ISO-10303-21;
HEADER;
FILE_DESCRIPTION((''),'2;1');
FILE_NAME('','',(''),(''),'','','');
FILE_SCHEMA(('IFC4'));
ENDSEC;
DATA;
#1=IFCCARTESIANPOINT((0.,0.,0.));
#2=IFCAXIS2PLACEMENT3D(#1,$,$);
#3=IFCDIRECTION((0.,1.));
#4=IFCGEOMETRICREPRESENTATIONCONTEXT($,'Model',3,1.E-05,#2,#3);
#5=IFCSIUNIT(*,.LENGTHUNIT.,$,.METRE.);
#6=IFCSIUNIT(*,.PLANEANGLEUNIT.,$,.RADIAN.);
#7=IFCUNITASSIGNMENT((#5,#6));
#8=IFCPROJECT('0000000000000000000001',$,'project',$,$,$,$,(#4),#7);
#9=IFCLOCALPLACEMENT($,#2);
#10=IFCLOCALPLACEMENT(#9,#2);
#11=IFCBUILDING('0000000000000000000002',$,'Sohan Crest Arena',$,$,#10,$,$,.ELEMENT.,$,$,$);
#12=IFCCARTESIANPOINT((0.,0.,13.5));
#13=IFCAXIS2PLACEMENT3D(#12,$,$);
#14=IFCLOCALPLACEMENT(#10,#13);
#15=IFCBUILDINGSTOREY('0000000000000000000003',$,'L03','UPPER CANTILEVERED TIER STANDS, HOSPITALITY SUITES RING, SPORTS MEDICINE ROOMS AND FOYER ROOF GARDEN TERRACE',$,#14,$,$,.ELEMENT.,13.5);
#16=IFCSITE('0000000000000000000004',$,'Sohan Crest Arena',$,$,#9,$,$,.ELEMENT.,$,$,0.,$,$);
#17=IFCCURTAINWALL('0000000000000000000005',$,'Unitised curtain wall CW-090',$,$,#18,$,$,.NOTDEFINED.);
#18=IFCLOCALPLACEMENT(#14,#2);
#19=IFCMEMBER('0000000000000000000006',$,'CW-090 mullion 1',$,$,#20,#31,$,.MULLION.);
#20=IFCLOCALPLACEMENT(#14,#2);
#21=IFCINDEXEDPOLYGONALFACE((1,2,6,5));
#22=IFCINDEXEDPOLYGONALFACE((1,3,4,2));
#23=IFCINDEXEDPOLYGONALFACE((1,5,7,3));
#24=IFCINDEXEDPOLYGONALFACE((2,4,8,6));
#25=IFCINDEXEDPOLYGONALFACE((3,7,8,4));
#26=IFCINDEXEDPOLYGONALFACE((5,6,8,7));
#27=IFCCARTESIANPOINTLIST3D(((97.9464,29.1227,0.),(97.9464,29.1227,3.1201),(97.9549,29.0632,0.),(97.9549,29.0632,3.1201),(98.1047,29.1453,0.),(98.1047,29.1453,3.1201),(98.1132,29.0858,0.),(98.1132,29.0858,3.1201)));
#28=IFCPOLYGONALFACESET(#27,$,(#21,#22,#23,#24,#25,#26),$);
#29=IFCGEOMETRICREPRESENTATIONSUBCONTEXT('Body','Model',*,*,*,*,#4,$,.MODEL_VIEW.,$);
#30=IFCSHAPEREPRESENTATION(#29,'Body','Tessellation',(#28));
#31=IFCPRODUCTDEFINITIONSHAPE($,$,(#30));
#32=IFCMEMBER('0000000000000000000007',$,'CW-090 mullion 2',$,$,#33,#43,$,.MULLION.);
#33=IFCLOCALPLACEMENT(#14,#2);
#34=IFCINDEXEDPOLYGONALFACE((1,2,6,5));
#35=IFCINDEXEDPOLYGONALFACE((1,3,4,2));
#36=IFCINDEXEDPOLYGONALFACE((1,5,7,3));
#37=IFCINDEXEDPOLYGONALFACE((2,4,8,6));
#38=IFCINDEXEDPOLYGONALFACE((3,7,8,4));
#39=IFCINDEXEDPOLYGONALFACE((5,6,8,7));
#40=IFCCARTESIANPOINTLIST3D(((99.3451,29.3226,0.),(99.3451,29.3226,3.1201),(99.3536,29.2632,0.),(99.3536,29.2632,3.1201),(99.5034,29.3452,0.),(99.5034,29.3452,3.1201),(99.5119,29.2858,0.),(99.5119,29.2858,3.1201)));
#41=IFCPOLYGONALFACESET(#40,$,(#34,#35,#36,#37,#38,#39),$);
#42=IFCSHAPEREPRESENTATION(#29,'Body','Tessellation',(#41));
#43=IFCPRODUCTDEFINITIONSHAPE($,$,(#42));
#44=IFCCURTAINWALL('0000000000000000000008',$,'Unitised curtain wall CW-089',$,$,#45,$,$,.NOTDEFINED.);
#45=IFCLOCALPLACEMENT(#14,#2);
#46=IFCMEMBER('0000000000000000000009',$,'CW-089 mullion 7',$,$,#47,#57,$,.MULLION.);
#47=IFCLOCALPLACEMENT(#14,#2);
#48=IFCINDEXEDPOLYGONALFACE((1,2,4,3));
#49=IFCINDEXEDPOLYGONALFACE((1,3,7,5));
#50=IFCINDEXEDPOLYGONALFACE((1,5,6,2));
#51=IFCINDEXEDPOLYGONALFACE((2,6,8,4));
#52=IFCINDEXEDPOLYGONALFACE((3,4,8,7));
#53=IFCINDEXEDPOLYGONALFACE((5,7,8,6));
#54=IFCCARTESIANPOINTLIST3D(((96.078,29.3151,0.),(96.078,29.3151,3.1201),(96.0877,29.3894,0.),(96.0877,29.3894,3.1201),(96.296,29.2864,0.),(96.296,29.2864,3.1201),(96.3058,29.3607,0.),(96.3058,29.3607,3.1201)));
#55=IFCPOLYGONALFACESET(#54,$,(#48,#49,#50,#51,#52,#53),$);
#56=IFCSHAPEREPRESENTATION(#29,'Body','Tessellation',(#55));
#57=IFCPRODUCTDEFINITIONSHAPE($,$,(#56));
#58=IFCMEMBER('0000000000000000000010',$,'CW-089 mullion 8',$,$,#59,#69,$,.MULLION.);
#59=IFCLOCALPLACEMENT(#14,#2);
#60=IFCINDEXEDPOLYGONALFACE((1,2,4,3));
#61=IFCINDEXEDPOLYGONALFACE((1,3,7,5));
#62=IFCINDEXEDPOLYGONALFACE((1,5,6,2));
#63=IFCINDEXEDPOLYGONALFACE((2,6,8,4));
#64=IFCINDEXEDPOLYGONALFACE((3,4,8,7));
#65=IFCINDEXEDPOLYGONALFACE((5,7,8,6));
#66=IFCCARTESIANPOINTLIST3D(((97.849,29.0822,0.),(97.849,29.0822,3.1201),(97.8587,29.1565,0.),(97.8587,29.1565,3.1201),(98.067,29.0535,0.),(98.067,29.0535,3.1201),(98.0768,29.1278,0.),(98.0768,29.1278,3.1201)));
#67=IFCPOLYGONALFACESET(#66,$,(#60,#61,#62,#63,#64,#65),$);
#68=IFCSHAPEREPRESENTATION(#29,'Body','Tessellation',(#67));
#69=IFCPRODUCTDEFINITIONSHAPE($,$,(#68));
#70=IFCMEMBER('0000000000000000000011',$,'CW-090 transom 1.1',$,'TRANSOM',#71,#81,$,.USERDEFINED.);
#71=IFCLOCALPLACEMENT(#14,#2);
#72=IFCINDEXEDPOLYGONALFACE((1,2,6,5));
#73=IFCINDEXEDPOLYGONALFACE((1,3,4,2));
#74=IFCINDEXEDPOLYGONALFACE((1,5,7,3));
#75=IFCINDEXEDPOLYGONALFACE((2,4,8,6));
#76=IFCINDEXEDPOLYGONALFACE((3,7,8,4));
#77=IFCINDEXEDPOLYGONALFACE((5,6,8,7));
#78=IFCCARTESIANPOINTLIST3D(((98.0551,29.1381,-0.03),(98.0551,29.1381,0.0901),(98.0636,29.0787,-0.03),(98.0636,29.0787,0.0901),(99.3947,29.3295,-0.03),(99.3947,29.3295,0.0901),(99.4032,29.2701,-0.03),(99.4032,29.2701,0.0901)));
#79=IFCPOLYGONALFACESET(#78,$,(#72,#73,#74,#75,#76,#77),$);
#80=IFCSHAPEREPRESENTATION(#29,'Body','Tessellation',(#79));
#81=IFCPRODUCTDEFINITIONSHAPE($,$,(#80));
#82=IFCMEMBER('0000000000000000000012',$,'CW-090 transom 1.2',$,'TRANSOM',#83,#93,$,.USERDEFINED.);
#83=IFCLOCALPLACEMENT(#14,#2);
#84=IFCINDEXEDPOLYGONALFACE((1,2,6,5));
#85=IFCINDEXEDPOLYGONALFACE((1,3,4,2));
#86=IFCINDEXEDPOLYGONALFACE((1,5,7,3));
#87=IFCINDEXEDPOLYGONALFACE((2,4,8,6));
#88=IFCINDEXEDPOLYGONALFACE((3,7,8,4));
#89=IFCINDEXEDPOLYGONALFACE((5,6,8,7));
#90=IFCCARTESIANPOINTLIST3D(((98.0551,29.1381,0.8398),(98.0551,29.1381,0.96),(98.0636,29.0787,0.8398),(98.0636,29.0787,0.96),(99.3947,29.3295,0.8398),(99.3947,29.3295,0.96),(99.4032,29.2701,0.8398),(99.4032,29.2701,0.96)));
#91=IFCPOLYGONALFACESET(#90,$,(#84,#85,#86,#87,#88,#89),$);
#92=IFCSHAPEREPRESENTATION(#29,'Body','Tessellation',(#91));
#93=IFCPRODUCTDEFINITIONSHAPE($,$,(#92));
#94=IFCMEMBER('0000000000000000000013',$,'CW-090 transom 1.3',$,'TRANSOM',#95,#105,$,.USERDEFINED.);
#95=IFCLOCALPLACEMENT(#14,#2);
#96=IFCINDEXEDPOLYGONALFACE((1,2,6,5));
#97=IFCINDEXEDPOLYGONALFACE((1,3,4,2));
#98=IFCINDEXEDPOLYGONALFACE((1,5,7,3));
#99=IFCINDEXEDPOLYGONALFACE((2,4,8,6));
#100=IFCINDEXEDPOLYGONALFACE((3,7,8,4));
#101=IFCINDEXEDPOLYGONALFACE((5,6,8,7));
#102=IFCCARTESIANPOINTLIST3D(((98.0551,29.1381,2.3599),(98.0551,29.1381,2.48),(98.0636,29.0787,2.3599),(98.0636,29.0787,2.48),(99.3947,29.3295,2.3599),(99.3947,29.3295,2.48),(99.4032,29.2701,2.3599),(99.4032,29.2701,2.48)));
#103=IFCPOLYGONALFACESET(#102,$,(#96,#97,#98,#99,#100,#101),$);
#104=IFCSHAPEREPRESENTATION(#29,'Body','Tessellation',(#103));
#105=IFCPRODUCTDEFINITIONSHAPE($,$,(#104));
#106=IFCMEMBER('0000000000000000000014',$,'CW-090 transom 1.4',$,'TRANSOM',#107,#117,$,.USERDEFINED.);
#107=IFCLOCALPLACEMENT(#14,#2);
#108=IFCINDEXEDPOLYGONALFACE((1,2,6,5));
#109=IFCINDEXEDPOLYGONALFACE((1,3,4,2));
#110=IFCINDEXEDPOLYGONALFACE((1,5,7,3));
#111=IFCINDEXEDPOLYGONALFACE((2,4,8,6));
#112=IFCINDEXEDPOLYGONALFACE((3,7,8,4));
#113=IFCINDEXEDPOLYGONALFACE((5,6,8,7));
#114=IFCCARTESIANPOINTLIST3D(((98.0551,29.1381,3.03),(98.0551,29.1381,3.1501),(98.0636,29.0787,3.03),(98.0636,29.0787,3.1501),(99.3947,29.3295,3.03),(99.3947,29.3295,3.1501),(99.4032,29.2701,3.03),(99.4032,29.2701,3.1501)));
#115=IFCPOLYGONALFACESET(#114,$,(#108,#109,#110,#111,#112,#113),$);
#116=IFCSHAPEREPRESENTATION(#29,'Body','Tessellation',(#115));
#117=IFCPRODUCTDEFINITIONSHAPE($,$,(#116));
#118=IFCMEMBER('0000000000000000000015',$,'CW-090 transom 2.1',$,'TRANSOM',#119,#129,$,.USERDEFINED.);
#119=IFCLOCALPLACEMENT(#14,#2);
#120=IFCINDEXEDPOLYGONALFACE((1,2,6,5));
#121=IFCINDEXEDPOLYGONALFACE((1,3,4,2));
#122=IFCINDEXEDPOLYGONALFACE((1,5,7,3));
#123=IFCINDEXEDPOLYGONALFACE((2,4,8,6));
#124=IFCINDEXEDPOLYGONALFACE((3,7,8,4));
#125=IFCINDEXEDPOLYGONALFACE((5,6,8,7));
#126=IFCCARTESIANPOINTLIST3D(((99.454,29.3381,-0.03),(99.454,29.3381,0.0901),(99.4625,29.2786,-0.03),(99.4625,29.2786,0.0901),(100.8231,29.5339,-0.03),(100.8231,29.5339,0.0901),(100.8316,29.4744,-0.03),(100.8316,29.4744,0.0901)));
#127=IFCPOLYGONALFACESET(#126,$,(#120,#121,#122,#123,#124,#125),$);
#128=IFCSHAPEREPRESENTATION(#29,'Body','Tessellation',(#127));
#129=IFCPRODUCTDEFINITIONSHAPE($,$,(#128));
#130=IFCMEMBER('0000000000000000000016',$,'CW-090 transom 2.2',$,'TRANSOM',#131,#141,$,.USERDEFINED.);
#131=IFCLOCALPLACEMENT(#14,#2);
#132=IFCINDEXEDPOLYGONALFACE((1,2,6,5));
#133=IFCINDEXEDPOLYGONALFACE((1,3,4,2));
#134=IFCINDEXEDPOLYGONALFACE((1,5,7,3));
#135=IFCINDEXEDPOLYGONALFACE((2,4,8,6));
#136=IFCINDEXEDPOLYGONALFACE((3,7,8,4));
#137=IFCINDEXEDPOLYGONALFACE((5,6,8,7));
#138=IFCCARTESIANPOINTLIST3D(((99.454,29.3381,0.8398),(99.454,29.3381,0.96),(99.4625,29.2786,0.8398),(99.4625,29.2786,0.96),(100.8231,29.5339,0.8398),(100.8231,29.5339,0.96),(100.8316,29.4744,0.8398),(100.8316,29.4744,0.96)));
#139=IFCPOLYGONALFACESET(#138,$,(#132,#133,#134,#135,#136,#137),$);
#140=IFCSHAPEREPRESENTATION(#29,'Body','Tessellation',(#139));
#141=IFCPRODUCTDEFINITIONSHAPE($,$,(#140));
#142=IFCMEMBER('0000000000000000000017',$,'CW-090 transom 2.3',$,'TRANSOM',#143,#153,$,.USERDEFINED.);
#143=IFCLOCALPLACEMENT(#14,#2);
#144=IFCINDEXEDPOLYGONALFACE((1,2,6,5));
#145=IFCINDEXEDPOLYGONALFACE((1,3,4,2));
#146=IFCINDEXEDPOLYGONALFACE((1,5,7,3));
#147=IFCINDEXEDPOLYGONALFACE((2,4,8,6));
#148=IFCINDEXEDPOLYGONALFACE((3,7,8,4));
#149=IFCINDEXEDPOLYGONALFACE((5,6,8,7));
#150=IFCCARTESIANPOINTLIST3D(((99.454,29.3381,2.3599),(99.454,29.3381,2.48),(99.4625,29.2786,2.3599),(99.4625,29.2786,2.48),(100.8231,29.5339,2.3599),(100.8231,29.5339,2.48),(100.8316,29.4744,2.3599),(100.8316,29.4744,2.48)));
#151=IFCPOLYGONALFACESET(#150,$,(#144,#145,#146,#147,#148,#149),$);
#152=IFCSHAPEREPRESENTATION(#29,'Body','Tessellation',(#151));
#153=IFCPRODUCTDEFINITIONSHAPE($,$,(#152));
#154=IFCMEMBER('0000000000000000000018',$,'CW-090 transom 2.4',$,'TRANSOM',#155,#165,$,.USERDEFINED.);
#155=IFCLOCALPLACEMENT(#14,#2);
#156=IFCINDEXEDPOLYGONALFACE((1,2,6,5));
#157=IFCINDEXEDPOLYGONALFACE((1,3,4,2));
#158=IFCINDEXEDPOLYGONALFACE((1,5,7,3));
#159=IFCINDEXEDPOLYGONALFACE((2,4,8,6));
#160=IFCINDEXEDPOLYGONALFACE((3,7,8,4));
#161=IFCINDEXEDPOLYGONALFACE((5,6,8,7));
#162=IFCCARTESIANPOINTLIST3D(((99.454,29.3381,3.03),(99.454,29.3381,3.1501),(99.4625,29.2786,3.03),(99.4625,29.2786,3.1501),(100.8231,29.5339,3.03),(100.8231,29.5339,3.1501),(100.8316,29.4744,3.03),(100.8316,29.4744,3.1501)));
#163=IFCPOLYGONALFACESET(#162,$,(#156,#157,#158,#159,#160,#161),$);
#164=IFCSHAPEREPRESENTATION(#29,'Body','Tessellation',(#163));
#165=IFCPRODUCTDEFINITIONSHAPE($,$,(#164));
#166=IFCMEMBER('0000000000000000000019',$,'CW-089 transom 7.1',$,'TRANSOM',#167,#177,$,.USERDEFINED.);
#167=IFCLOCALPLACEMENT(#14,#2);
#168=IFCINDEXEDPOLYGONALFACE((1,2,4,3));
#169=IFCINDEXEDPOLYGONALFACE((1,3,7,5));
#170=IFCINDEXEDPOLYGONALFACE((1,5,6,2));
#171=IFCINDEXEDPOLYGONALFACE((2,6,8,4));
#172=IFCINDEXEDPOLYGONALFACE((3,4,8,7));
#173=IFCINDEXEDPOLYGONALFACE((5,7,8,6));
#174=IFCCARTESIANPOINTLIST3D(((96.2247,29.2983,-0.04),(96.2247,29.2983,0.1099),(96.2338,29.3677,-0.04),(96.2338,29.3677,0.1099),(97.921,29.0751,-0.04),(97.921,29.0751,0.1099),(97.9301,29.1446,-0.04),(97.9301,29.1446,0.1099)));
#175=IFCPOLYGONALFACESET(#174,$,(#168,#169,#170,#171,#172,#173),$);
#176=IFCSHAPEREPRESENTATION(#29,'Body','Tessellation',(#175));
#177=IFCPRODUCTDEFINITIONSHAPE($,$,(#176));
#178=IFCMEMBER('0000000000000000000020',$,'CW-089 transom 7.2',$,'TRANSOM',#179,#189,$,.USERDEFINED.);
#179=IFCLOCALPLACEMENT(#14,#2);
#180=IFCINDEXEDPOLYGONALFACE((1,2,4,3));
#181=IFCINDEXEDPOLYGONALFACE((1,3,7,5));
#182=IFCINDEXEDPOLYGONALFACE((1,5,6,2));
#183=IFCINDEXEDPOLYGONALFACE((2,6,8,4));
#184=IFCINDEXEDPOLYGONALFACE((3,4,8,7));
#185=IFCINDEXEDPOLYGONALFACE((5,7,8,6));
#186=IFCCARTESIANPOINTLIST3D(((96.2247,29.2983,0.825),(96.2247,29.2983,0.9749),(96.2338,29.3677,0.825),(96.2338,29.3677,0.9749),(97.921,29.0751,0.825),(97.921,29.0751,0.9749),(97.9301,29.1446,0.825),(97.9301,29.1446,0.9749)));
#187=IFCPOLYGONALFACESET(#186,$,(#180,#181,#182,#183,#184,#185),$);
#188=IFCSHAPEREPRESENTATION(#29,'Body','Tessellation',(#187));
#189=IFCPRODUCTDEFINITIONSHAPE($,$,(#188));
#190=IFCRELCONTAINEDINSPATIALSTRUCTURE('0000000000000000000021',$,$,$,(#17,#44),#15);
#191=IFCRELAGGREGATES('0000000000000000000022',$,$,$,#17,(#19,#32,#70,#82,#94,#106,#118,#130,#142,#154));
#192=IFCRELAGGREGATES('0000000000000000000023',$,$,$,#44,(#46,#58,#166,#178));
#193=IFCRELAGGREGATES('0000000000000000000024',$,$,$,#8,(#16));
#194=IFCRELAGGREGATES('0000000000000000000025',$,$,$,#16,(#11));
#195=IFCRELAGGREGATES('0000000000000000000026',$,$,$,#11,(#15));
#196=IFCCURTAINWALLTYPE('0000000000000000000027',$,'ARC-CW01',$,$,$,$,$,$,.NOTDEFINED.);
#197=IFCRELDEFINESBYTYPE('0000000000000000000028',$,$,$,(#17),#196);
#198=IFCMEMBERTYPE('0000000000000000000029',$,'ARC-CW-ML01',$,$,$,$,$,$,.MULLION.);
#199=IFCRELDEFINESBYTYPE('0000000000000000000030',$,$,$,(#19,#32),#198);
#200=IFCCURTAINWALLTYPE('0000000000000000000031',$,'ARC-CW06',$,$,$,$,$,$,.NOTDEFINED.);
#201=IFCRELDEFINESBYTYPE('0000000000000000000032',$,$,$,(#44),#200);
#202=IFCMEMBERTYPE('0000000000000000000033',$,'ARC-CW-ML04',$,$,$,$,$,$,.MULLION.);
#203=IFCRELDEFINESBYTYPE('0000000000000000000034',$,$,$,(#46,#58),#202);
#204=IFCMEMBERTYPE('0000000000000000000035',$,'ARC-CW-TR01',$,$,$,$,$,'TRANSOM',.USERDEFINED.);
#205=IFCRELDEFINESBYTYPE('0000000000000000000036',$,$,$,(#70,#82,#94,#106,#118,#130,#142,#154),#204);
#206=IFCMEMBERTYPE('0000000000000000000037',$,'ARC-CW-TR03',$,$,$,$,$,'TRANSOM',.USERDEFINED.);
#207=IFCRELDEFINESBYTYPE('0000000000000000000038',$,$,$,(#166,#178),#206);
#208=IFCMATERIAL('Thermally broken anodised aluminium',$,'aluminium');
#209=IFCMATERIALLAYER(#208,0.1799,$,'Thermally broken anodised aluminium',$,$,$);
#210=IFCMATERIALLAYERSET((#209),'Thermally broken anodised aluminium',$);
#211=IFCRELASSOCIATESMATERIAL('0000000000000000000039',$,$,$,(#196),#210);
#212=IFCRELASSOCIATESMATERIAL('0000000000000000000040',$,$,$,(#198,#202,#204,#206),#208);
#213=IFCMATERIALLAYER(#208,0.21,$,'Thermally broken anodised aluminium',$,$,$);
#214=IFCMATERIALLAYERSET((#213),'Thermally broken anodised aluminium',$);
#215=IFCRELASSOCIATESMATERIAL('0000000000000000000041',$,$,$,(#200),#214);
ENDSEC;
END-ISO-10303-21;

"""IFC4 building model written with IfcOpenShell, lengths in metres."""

from ifc_helpers import new_model, si_unit, direction, frame, origin, origin_2d, place, context, subcontext, project, spatial, rectangle, extrude, material, layer, layer_set, material_profile, profile_set, type_object, element, aggregate, save


model = new_model("IFC4")

# Units and contexts
model_context = context("Model", 3, precision=1e-05, world=origin(), true_north=direction((0.0, 1.0)))
body_context = subcontext(model_context, "Body", "Model", "MODEL_VIEW")
ifc_project = project(units=[si_unit("LENGTHUNIT", "METRE"), si_unit("PLANEANGLEUNIT", "RADIAN")], contexts=[model_context])

# Site, building, storey
site_placement = place(None, origin())
site = spatial("IfcSite", under=ifc_project, at=site_placement, Name="Sohan Crest Arena", CompositionType="ELEMENT", RefElevation=0.0)
building_placement = place(site_placement, origin())
building = spatial("IfcBuilding", under=site, at=building_placement, Name="Sohan Crest Arena", CompositionType="ELEMENT")
storey_placement = place(building_placement, frame((0.0, 0.0, 13.5)))
storey = spatial("IfcBuildingStorey", under=building, at=storey_placement, Name="L03", Description="UPPER CANTILEVERED TIER STANDS, HOSPITALITY SUITES RING, SPORTS MEDICINE ROOMS AND FOYER ROOF GARDEN TERRACE", CompositionType="ELEMENT", Elevation=13.5)

# Curtain walls, members
ifc_material_1 = material(Name="Thermally broken anodised aluminium", Category="aluminium")
ifc_layer_1 = layer(ifc_material_1, 0.1799, Name="Thermally broken anodised aluminium")
ifc_layer_set_1 = layer_set([ifc_layer_1], Name="Thermally broken anodised aluminium")
curtain_wall_type_1 = type_object("IfcCurtainWallType", Name="ARC-CW01", PredefinedType="NOTDEFINED", material=ifc_layer_set_1)
curtain_wall_1_placement = place(storey_placement, origin())
curtain_wall_1 = element("IfcCurtainWall", 1, at=curtain_wall_1_placement, inside=storey, type_object=curtain_wall_type_1, Name="Unitised curtain wall CW-090", PredefinedType="NOTDEFINED")
ifc_material_profile_1 = material_profile(ifc_material_1, rectangle(XDim=0.0601, YDim=0.1599, at=origin_2d()), Name="ALU-MULL 60x160")
ifc_profile_set_1 = profile_set([ifc_material_profile_1], Name="Thermally broken anodised aluminium")
member_type_1 = type_object("IfcMemberType", Name="ARC-CW-ML01", PredefinedType="MULLION", material=ifc_profile_set_1)
member_1_placement = place(storey_placement, frame((98.0298, 29.1042, 0.0), z_axis=(0.0, 0.0, 1.0), x_axis=(-0.141463, 0.989944, 0.0)))
member_1 = element("IfcMember", 2, at=member_1_placement, type_object=member_type_1, Name="CW-090 mullion 1", PredefinedType="MULLION", context=body_context, shape_type="SweptSolid", body=[
    extrude(rectangle(XDim=0.0601, YDim=0.1599, at=origin_2d()), origin(), (0.0, 0.0, 1.0), 3.1201),
])
member_2_placement = place(storey_placement, frame((99.4285, 29.3042, 0.0), z_axis=(0.0, 0.0, 1.0), x_axis=(-0.141463, 0.989944, 0.0)))
member_2 = element("IfcMember", 3, at=member_2_placement, type_object=member_type_1, Name="CW-090 mullion 2", PredefinedType="MULLION", context=body_context, shape_type="SweptSolid", body=[
    extrude(rectangle(XDim=0.0601, YDim=0.1599, at=origin_2d()), origin(), (0.0, 0.0, 1.0), 3.1201),
])
ifc_layer_2 = layer(ifc_material_1, 0.21, Name="Thermally broken anodised aluminium")
ifc_layer_set_2 = layer_set([ifc_layer_2], Name="Thermally broken anodised aluminium")
curtain_wall_type_2 = type_object("IfcCurtainWallType", Name="ARC-CW06", PredefinedType="NOTDEFINED", material=ifc_layer_set_2)
curtain_wall_2_placement = place(storey_placement, origin())
curtain_wall_2 = element("IfcCurtainWall", 4, at=curtain_wall_2_placement, inside=storey, type_object=curtain_wall_type_2, Name="Unitised curtain wall CW-089", PredefinedType="NOTDEFINED")
ifc_material_profile_2 = material_profile(ifc_material_1, rectangle(XDim=0.075, YDim=0.22, at=origin_2d()), Name="ALU-MULL 75x220")
ifc_profile_set_2 = profile_set([ifc_material_profile_2], Name="Thermally broken anodised aluminium")
member_type_2 = type_object("IfcMemberType", Name="ARC-CW-ML04", PredefinedType="MULLION", material=ifc_profile_set_2)
member_3_placement = place(storey_placement, frame((96.1919, 29.3379, 0.0), z_axis=(0.0, 0.0, 1.0), x_axis=(0.130511, 0.991447, 0.0)))
member_3 = element("IfcMember", 5, at=member_3_placement, type_object=member_type_2, Name="CW-089 mullion 7", PredefinedType="MULLION", context=body_context, shape_type="SweptSolid", body=[
    extrude(rectangle(XDim=0.075, YDim=0.22, at=origin_2d()), origin(), (0.0, 0.0, 1.0), 3.1201),
])
member_4_placement = place(storey_placement, frame((97.9629, 29.105, 0.0), z_axis=(0.0, 0.0, 1.0), x_axis=(0.130511, 0.991447, 0.0)))
member_4 = element("IfcMember", 6, at=member_4_placement, type_object=member_type_2, Name="CW-089 mullion 8", PredefinedType="MULLION", context=body_context, shape_type="SweptSolid", body=[
    extrude(rectangle(XDim=0.075, YDim=0.22, at=origin_2d()), origin(), (0.0, 0.0, 1.0), 3.1201),
])

# Members
ifc_material_profile_3 = material_profile(ifc_material_1, rectangle(XDim=0.0601, YDim=0.1201, at=origin_2d()), Name="ALU-TRAN 60x120")
ifc_profile_set_3 = profile_set([ifc_material_profile_3], Name="Thermally broken anodised aluminium")
member_type_3 = type_object("IfcMemberType", Name="ARC-CW-TR01", ElementType="TRANSOM", PredefinedType="USERDEFINED", material=ifc_profile_set_3)
member_5_placement = place(storey_placement, frame((98.0593, 29.1084, 0.03), z_axis=(0.989946, 0.141447, 0.0), x_axis=(-0.141447, 0.989946, 0.0)))
member_5 = element("IfcMember", 7, at=member_5_placement, type_object=member_type_3, Name="CW-090 transom 1.1", ObjectType="TRANSOM", PredefinedType="USERDEFINED", context=body_context, shape_type="SweptSolid", body=[
    extrude(rectangle(XDim=0.0601, YDim=0.1201, at=origin_2d()), origin(), (0.0, 0.0, 1.0), 1.3533),
])
member_6_placement = place(storey_placement, frame((98.0593, 29.1084, 0.8999), z_axis=(0.989946, 0.141447, 0.0), x_axis=(-0.141447, 0.989946, 0.0)))
member_6 = element("IfcMember", 8, at=member_6_placement, type_object=member_type_3, Name="CW-090 transom 1.2", ObjectType="TRANSOM", PredefinedType="USERDEFINED", context=body_context, shape_type="SweptSolid", body=[
    extrude(rectangle(XDim=0.0601, YDim=0.1201, at=origin_2d()), origin(), (0.0, 0.0, 1.0), 1.3533),
])
member_7_placement = place(storey_placement, frame((98.0593, 29.1084, 2.4199), z_axis=(0.989946, 0.141447, 0.0), x_axis=(-0.141447, 0.989946, 0.0)))
member_7 = element("IfcMember", 9, at=member_7_placement, type_object=member_type_3, Name="CW-090 transom 1.3", ObjectType="TRANSOM", PredefinedType="USERDEFINED", context=body_context, shape_type="SweptSolid", body=[
    extrude(rectangle(XDim=0.0601, YDim=0.1201, at=origin_2d()), origin(), (0.0, 0.0, 1.0), 1.3533),
])
member_8_placement = place(storey_placement, frame((98.0593, 29.1084, 3.0901), z_axis=(0.989946, 0.141447, 0.0), x_axis=(-0.141447, 0.989946, 0.0)))
member_8 = element("IfcMember", 10, at=member_8_placement, type_object=member_type_3, Name="CW-090 transom 1.4", ObjectType="TRANSOM", PredefinedType="USERDEFINED", context=body_context, shape_type="SweptSolid", body=[
    extrude(rectangle(XDim=0.0601, YDim=0.1201, at=origin_2d()), origin(), (0.0, 0.0, 1.0), 1.3533),
])
member_9_placement = place(storey_placement, frame((99.4583, 29.3083, 0.03), z_axis=(0.989928, 0.14157, 0.0), x_axis=(-0.14157, 0.989928, 0.0)))
member_9 = element("IfcMember", 11, at=member_9_placement, type_object=member_type_3, Name="CW-090 transom 2.1", ObjectType="TRANSOM", PredefinedType="USERDEFINED", context=body_context, shape_type="SweptSolid", body=[
    extrude(rectangle(XDim=0.0601, YDim=0.1201, at=origin_2d()), origin(), (0.0, 0.0, 1.0), 1.3831),
])
member_10_placement = place(storey_placement, frame((99.4583, 29.3083, 0.8999), z_axis=(0.989928, 0.14157, 0.0), x_axis=(-0.14157, 0.989928, 0.0)))
member_10 = element("IfcMember", 12, at=member_10_placement, type_object=member_type_3, Name="CW-090 transom 2.2", ObjectType="TRANSOM", PredefinedType="USERDEFINED", context=body_context, shape_type="SweptSolid", body=[
    extrude(rectangle(XDim=0.0601, YDim=0.1201, at=origin_2d()), origin(), (0.0, 0.0, 1.0), 1.3831),
])
member_11_placement = place(storey_placement, frame((99.4583, 29.3083, 2.4199), z_axis=(0.989928, 0.14157, 0.0), x_axis=(-0.14157, 0.989928, 0.0)))
member_11 = element("IfcMember", 13, at=member_11_placement, type_object=member_type_3, Name="CW-090 transom 2.3", ObjectType="TRANSOM", PredefinedType="USERDEFINED", context=body_context, shape_type="SweptSolid", body=[
    extrude(rectangle(XDim=0.0601, YDim=0.1201, at=origin_2d()), origin(), (0.0, 0.0, 1.0), 1.3831),
])
member_12_placement = place(storey_placement, frame((99.4583, 29.3083, 3.0901), z_axis=(0.989928, 0.14157, 0.0), x_axis=(-0.14157, 0.989928, 0.0)))
member_12 = element("IfcMember", 14, at=member_12_placement, type_object=member_type_3, Name="CW-090 transom 2.4", ObjectType="TRANSOM", PredefinedType="USERDEFINED", context=body_context, shape_type="SweptSolid", body=[
    extrude(rectangle(XDim=0.0601, YDim=0.1201, at=origin_2d()), origin(), (0.0, 0.0, 1.0), 1.3831),
])
ifc_material_profile_4 = material_profile(ifc_material_1, rectangle(XDim=0.0701, YDim=0.1499, at=origin_2d()), Name="ALU-TRAN 70x150")
ifc_profile_set_4 = profile_set([ifc_material_profile_4], Name="Thermally broken anodised aluminium")
member_type_4 = type_object("IfcMemberType", Name="ARC-CW-TR03", ElementType="TRANSOM", PredefinedType="USERDEFINED", material=ifc_profile_set_4)
member_13_placement = place(storey_placement, frame((96.2292, 29.333, 0.0349), z_axis=(0.991458, -0.130425, 0.0), x_axis=(0.130425, 0.991458, 0.0)))
member_13 = element("IfcMember", 15, at=member_13_placement, type_object=member_type_4, Name="CW-089 transom 7.1", ObjectType="TRANSOM", PredefinedType="USERDEFINED", context=body_context, shape_type="SweptSolid", body=[
    extrude(rectangle(XDim=0.0701, YDim=0.1499, at=origin_2d()), origin(), (0.0, 0.0, 1.0), 1.7109),
])
member_14_placement = place(storey_placement, frame((96.2292, 29.333, 0.8999), z_axis=(0.991458, -0.130425, 0.0), x_axis=(0.130425, 0.991458, 0.0)))
member_14 = element("IfcMember", 16, at=member_14_placement, type_object=member_type_4, Name="CW-089 transom 7.2", ObjectType="TRANSOM", PredefinedType="USERDEFINED", context=body_context, shape_type="SweptSolid", body=[
    extrude(rectangle(XDim=0.0701, YDim=0.1499, at=origin_2d()), origin(), (0.0, 0.0, 1.0), 1.7109),
])

aggregate(curtain_wall_1, [member_1, member_2, member_5, member_6, member_7, member_8, member_9, member_10, member_11, member_12])
aggregate(curtain_wall_2, [member_3, member_4, member_13, member_14])

save(model, "model.ifc")
